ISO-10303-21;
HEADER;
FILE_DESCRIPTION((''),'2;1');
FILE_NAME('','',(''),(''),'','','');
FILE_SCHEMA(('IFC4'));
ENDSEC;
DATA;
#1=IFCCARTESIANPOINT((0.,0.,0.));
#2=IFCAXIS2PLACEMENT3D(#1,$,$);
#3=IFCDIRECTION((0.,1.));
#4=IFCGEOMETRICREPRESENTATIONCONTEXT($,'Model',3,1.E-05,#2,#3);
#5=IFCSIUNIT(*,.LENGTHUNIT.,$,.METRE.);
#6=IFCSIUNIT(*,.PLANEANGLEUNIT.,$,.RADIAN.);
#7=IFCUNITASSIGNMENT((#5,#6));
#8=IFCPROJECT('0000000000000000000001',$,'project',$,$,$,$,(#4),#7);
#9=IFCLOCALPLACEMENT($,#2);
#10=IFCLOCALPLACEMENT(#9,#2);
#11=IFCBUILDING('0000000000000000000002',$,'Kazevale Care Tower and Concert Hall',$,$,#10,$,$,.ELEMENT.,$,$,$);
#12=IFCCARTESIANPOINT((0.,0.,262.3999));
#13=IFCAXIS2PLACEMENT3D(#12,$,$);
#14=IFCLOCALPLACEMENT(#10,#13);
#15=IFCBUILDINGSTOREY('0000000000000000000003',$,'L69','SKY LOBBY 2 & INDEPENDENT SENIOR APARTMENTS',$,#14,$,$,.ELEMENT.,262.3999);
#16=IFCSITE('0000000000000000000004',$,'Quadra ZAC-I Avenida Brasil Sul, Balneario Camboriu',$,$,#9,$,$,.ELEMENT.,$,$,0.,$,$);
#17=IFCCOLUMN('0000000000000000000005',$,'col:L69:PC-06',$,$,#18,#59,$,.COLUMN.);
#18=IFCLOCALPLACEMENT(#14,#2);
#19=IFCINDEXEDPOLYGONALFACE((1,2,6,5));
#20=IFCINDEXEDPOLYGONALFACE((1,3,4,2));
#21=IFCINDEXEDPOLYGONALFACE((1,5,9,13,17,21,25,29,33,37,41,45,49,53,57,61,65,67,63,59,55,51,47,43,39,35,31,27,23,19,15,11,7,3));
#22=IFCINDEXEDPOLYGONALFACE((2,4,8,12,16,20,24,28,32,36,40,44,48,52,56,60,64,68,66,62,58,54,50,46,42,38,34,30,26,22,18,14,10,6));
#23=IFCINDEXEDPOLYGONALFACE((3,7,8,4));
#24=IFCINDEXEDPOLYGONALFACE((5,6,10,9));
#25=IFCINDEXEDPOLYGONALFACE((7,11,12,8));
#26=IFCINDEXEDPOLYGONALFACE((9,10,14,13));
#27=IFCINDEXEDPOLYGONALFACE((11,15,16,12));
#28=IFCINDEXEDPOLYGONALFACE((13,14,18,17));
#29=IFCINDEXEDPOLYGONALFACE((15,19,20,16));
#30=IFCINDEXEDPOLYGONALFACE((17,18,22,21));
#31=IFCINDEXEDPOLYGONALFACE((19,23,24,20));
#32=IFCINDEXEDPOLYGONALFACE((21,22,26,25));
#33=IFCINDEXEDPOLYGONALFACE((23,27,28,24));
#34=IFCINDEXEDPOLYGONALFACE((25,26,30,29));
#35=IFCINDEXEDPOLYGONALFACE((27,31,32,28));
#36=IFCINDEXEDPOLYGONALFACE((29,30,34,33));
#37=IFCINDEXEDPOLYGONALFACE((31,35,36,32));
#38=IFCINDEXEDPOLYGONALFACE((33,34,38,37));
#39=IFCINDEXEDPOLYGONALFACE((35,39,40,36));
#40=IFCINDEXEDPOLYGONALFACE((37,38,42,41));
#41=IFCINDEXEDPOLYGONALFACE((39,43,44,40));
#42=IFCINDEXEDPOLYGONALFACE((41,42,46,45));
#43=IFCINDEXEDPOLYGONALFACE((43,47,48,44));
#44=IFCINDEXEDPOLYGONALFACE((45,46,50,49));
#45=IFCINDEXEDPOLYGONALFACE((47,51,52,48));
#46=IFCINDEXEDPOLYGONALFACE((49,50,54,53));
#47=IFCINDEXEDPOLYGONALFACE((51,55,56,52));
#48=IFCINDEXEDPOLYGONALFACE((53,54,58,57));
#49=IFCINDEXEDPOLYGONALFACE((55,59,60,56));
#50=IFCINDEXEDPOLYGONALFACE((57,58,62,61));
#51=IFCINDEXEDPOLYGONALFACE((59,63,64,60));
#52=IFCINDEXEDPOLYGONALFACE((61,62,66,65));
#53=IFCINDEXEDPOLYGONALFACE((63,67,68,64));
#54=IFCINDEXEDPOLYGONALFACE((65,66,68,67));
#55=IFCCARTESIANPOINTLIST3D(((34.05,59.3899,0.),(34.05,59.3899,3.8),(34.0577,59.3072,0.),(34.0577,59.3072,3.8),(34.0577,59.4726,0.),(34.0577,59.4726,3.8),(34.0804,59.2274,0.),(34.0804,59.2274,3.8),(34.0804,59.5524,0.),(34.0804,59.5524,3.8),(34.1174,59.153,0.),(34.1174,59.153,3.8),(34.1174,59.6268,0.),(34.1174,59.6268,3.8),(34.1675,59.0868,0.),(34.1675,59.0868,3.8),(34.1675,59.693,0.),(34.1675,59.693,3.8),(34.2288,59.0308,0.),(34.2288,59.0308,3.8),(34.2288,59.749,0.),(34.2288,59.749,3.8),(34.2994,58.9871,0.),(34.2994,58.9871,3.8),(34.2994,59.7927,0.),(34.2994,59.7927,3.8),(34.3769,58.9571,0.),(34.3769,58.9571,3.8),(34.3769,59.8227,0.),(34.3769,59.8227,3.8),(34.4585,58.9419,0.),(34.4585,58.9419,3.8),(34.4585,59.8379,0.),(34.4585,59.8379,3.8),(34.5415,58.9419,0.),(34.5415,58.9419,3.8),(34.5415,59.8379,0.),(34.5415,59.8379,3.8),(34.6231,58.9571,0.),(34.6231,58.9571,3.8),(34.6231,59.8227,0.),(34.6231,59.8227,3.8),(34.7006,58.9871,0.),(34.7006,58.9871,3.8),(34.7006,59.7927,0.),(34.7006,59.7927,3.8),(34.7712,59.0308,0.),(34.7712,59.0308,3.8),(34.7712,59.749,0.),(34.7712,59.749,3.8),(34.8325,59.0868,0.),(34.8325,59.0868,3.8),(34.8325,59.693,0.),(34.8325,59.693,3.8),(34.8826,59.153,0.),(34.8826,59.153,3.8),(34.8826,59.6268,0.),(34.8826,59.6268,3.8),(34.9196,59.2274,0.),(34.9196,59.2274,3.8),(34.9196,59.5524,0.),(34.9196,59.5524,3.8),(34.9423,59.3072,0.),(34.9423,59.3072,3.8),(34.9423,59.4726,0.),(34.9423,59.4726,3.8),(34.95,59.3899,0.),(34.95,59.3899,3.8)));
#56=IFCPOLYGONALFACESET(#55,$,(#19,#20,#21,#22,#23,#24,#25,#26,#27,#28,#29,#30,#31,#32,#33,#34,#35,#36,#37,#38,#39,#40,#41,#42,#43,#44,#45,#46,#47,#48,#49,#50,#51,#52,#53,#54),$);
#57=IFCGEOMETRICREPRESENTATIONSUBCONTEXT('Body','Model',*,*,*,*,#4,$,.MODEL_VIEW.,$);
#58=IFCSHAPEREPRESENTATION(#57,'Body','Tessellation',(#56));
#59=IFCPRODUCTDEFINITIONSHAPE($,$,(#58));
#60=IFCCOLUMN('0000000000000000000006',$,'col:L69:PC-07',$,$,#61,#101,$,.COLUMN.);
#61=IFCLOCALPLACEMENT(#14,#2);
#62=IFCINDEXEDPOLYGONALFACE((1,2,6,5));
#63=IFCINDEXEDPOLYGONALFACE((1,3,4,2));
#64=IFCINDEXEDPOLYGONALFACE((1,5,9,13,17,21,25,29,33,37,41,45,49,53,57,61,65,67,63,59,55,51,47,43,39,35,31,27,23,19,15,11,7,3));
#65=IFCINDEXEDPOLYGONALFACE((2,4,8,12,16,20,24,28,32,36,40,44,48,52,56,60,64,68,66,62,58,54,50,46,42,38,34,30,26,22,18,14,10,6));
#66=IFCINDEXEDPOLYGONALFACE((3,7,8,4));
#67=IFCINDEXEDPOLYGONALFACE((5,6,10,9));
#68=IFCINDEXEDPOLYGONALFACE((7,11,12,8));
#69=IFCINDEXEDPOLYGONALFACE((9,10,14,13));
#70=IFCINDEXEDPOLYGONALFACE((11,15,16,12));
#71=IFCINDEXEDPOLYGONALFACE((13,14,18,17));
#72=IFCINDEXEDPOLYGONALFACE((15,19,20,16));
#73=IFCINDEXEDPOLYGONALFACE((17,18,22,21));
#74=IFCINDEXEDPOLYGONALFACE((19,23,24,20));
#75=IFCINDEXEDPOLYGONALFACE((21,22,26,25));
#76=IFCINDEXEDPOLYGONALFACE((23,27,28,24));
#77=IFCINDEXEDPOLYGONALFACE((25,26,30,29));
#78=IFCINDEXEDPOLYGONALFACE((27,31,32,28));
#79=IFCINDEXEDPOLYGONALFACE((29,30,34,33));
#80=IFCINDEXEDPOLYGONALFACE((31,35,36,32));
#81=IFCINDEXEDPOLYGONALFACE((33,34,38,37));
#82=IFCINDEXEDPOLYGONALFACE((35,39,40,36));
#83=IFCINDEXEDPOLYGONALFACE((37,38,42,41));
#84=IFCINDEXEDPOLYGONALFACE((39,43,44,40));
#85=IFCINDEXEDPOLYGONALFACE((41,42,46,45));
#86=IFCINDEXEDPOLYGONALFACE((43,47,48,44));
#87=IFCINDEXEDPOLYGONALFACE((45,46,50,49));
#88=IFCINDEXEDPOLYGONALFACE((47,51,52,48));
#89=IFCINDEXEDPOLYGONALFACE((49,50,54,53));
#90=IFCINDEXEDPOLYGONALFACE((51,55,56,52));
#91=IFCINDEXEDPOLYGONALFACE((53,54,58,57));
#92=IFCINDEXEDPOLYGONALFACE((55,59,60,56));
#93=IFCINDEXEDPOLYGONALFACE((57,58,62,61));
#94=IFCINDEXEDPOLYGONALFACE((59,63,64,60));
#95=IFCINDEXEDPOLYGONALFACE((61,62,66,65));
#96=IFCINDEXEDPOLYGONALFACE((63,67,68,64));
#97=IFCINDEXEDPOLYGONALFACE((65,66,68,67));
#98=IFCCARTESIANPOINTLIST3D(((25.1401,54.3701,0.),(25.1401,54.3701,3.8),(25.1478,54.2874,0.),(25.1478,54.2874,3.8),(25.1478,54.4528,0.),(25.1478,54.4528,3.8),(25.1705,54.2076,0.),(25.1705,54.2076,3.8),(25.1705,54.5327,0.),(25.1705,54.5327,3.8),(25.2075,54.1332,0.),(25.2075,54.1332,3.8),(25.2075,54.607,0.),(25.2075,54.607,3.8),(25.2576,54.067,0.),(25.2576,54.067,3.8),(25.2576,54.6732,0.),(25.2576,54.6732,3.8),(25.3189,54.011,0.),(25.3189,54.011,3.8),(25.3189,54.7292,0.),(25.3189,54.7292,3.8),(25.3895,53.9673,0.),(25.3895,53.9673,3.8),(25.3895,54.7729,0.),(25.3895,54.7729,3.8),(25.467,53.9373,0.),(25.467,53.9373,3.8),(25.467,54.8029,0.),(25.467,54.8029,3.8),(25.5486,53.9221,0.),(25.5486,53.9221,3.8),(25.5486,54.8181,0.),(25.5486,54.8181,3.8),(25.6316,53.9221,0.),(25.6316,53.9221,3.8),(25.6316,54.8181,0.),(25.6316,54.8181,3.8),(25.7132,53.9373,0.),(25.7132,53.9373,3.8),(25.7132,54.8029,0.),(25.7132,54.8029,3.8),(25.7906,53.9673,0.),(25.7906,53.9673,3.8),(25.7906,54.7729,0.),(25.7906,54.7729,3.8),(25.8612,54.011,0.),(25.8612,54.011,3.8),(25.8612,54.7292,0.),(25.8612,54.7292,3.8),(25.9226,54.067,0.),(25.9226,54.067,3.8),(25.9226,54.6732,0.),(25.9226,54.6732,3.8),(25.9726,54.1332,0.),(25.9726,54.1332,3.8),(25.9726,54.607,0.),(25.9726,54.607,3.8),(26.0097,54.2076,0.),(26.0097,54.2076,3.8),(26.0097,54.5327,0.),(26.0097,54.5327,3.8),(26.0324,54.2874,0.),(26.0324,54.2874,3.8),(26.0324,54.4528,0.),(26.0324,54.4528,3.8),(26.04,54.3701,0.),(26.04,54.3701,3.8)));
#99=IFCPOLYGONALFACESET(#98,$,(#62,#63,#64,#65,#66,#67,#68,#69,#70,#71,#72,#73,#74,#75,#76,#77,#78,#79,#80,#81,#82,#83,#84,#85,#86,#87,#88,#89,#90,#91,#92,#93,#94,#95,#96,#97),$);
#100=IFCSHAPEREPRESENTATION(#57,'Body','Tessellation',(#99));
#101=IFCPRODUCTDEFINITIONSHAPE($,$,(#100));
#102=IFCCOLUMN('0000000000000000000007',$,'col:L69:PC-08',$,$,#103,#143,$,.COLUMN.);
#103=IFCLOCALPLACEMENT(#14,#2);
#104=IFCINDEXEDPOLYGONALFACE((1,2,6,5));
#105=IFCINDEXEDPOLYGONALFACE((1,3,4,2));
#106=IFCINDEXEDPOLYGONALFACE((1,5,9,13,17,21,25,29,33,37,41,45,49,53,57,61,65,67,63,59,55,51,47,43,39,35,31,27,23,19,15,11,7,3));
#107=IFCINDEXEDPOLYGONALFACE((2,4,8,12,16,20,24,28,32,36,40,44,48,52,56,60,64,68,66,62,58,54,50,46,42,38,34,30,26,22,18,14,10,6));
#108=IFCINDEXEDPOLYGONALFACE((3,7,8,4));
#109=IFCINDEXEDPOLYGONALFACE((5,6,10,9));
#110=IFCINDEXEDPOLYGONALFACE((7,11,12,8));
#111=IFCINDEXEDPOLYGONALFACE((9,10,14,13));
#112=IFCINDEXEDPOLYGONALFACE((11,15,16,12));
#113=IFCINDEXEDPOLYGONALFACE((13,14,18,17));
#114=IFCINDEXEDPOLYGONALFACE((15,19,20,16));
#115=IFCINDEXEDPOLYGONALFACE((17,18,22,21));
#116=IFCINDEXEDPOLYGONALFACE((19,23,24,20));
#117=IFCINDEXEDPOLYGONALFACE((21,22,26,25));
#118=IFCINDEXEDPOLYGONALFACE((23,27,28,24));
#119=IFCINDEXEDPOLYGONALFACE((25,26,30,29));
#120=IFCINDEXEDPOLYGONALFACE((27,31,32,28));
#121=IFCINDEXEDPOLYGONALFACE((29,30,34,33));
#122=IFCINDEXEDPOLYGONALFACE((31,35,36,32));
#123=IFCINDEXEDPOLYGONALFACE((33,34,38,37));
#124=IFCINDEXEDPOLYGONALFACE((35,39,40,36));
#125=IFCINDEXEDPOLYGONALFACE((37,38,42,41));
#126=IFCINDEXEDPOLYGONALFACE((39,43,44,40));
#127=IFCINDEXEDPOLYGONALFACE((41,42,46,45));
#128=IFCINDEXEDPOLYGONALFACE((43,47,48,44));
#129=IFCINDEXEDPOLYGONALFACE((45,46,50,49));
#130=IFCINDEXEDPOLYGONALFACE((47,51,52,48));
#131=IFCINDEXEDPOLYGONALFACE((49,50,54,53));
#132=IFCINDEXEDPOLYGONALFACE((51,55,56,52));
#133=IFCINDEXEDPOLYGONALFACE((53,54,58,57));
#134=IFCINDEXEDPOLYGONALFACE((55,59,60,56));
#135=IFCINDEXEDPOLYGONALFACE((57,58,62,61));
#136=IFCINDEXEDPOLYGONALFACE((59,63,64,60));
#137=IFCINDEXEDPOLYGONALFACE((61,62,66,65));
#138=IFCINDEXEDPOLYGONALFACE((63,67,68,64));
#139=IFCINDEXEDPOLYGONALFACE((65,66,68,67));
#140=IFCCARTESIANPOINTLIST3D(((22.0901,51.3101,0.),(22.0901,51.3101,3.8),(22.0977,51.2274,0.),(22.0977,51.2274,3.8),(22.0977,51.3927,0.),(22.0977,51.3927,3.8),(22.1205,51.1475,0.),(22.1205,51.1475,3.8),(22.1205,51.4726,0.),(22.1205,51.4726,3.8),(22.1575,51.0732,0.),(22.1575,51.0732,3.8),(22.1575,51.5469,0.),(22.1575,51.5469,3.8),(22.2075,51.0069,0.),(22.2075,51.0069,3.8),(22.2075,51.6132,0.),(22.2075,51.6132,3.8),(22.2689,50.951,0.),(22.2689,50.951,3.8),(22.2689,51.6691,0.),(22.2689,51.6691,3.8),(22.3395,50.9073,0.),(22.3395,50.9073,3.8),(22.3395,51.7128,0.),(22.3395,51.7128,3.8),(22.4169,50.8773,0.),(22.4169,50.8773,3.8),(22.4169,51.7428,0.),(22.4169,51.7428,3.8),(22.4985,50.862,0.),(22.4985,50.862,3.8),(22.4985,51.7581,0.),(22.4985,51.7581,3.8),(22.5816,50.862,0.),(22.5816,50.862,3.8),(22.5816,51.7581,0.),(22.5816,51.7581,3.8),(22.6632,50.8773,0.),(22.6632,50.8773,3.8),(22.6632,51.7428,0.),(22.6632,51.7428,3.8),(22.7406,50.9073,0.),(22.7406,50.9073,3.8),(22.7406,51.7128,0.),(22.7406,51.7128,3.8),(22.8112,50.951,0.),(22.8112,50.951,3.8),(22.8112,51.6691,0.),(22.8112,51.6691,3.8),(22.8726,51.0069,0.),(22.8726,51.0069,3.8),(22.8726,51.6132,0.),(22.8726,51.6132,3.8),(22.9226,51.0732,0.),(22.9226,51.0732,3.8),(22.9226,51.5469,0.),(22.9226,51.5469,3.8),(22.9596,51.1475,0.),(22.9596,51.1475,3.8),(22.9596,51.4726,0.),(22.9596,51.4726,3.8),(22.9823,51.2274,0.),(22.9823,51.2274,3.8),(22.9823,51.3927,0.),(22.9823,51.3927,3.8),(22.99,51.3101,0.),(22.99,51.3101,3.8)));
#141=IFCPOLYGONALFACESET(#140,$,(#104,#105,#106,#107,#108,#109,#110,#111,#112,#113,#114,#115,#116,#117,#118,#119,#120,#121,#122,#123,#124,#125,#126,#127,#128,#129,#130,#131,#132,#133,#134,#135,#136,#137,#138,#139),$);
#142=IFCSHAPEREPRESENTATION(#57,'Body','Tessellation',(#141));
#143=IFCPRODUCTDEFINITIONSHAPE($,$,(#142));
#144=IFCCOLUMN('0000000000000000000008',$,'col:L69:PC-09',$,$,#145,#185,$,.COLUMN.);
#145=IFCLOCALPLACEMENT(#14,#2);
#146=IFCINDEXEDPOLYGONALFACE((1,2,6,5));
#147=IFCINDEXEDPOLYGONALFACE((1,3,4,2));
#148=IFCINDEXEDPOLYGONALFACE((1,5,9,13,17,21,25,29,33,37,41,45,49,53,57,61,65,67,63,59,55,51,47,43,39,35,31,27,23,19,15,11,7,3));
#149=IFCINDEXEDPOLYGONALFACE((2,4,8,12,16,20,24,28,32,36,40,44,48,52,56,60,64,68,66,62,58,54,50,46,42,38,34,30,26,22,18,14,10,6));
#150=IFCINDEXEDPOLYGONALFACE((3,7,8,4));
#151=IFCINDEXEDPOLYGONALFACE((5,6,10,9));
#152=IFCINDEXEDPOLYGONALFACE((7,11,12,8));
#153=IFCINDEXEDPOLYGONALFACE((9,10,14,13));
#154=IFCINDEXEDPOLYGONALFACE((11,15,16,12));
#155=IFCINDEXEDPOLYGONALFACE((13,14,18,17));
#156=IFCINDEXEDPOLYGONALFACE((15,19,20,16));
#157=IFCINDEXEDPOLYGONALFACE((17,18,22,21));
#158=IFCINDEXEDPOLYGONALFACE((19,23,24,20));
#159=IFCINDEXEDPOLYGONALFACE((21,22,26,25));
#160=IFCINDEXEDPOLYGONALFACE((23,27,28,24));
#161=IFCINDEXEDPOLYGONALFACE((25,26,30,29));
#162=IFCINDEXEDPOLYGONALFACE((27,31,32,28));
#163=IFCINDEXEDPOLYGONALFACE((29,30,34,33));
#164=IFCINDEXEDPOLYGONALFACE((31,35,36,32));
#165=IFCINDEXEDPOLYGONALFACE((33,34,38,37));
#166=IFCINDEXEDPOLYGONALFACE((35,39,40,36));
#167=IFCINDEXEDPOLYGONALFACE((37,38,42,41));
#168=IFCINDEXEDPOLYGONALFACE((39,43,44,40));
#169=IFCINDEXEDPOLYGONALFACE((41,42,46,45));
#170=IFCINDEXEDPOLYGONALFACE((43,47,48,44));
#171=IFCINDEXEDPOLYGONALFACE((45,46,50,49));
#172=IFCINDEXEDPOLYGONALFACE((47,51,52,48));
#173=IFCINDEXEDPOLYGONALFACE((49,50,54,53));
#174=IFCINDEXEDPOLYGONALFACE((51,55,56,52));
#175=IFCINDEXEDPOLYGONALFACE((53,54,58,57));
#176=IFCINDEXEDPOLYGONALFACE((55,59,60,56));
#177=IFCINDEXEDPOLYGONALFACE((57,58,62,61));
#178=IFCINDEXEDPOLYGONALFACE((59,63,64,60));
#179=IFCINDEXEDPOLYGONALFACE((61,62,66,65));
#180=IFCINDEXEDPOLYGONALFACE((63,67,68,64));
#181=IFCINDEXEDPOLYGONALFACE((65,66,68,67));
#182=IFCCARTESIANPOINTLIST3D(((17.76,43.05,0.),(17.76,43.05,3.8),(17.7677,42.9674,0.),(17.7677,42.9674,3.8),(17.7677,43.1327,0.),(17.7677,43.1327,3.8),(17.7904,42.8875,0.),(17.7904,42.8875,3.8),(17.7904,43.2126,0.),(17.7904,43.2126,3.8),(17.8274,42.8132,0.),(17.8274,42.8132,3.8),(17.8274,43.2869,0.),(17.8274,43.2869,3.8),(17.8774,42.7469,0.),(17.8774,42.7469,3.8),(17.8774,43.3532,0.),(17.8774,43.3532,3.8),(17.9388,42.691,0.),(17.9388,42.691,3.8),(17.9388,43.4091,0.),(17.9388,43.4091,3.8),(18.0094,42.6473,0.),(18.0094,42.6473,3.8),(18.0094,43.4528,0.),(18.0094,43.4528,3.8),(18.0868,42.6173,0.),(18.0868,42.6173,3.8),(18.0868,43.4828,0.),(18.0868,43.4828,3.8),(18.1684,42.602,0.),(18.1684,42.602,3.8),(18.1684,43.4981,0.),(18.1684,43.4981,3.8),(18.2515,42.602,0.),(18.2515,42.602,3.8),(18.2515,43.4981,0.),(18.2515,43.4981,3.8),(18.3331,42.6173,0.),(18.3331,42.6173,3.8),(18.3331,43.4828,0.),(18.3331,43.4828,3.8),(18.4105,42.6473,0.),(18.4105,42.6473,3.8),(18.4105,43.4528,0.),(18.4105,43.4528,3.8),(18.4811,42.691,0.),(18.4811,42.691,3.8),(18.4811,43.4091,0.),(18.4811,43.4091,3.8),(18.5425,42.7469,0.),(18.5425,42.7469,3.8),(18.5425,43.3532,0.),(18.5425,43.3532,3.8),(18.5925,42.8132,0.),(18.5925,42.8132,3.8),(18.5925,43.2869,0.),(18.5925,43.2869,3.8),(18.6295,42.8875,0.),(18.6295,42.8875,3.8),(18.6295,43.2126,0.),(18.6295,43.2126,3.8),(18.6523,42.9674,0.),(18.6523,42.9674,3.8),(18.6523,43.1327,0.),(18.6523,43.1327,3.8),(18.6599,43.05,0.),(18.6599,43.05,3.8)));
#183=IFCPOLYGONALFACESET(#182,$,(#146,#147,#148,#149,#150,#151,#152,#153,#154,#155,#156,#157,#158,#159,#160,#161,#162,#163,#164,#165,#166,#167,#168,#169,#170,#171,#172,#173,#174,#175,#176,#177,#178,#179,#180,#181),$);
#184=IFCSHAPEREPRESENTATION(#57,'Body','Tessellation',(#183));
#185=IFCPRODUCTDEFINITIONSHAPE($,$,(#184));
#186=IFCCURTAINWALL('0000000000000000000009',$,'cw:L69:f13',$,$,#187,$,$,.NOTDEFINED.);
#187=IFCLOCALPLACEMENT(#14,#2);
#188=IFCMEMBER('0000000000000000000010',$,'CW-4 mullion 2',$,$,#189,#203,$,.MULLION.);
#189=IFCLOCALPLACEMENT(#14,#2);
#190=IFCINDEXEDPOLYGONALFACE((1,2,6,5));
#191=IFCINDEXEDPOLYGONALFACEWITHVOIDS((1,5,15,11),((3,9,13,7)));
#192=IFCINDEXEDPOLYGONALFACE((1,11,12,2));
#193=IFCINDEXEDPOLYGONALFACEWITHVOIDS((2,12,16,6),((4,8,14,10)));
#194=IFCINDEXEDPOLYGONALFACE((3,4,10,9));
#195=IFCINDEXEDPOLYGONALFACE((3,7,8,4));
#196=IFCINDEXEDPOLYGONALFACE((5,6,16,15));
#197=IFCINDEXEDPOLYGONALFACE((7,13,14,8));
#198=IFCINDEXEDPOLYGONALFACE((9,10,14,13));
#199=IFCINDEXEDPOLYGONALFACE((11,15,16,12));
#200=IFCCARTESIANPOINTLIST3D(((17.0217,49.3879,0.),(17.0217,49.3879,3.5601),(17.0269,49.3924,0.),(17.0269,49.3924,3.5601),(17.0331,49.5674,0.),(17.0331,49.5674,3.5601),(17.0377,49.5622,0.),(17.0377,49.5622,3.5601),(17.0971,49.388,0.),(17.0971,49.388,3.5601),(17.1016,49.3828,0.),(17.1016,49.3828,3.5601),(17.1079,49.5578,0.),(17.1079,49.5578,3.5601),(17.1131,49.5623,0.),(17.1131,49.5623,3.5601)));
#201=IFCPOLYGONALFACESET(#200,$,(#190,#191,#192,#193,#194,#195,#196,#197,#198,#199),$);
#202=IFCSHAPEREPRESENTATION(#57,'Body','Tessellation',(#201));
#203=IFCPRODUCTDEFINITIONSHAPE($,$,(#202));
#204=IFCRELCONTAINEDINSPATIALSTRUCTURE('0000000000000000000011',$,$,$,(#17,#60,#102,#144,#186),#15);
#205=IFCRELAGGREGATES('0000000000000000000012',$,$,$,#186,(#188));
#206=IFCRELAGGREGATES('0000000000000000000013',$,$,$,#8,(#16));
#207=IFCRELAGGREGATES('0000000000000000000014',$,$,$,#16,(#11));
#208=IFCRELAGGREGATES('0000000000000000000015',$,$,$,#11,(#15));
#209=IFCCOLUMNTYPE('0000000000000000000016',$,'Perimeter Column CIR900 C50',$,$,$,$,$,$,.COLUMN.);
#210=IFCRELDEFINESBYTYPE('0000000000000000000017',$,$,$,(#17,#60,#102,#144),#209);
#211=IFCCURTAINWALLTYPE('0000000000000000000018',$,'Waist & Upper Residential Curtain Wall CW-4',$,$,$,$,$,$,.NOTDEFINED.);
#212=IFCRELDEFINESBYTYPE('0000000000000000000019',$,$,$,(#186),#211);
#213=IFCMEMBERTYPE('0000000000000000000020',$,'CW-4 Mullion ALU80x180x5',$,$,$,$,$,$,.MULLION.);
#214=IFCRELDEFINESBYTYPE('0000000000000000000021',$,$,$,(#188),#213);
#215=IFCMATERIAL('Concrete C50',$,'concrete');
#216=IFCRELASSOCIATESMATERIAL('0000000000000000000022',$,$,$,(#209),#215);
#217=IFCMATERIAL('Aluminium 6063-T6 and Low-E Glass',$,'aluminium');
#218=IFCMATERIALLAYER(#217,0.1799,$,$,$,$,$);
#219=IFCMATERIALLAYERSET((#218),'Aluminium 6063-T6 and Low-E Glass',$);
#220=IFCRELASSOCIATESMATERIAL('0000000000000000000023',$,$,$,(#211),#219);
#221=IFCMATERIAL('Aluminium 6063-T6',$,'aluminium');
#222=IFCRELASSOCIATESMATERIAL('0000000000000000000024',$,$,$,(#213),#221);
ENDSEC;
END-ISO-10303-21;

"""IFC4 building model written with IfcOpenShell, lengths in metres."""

from ifc_helpers import new_model, si_unit, direction, frame, origin, origin_2d, place, context, subcontext, project, spatial, hollow_rectangle, circle, extrude, material, layer, layer_set, material_profile, profile_set, type_object, element, aggregate, save


model = new_model("IFC4")

# Units and contexts
model_context = context("Model", 3, precision=1e-05, world=origin(), true_north=direction((0.0, 1.0)))
body_context = subcontext(model_context, "Body", "Model", "MODEL_VIEW")
ifc_project = project(units=[si_unit("LENGTHUNIT", "METRE"), si_unit("PLANEANGLEUNIT", "RADIAN")], contexts=[model_context])

# Site, building, storey
site_placement = place(None, origin())
site = spatial("IfcSite", under=ifc_project, at=site_placement, Name="Quadra ZAC-I Avenida Brasil Sul, Balneario Camboriu", CompositionType="ELEMENT", RefElevation=0.0)
building_placement = place(site_placement, origin())
building = spatial("IfcBuilding", under=site, at=building_placement, Name="Kazevale Care Tower and Concert Hall", CompositionType="ELEMENT")
storey_placement = place(building_placement, frame((0.0, 0.0, 262.3999)))
storey = spatial("IfcBuildingStorey", under=building, at=storey_placement, Name="L69", Description="SKY LOBBY 2 & INDEPENDENT SENIOR APARTMENTS", CompositionType="ELEMENT", Elevation=262.3999)

# Columns
ifc_material_1 = material(Name="Concrete C50", Category="concrete")
ifc_material_profile_1 = material_profile(ifc_material_1, circle(Radius=0.45, at=origin_2d()), Name="RC-CIR900")
ifc_profile_set_1 = profile_set([ifc_material_profile_1], Name="Concrete C50")
column_type = type_object("IfcColumnType", Name="Perimeter Column CIR900 C50", PredefinedType="COLUMN", material=ifc_profile_set_1)
for number, where, z_axis, x_axis, name in (
    (1, (34.5, 59.3899, 0.0), (0.0, 0.0, 1.0), (1.0, 0.0, 0.0), "col:L69:PC-06"),
    (2, (25.5901, 54.3701, 0.0), (0.0, 0.0, 1.0), (1.0, 0.0, 0.0), "col:L69:PC-07"),
    (3, (22.54, 51.3101, 0.0), (0.0, 0.0, 1.0), (1.0, 0.0, 0.0), "col:L69:PC-08"),
    (4, (18.21, 43.05, 0.0), (0.0, 0.0, 1.0), (1.0, 0.0, 0.0), "col:L69:PC-09"),
):
    element("IfcColumn", number, at=place(storey_placement, frame(where, z_axis=z_axis, x_axis=x_axis)), inside=storey, type_object=column_type, Name=name, PredefinedType="COLUMN", context=body_context, shape_type="SweptSolid", body=[
        extrude(circle(Radius=0.45, at=origin_2d()), origin(), (0.0, 0.0, 1.0), 3.8),
    ])

# Curtain wall, member
ifc_material_2 = material(Name="Aluminium 6063-T6 and Low-E Glass", Category="aluminium")
ifc_layer_1 = layer(ifc_material_2, 0.1799)
ifc_layer_set_1 = layer_set([ifc_layer_1], Name="Aluminium 6063-T6 and Low-E Glass")
curtain_wall_type = type_object("IfcCurtainWallType", Name="Waist & Upper Residential Curtain Wall CW-4", PredefinedType="NOTDEFINED", material=ifc_layer_set_1)
curtain_wall_1_placement = place(storey_placement, origin())
curtain_wall_1 = element("IfcCurtainWall", 5, at=curtain_wall_1_placement, inside=storey, type_object=curtain_wall_type, Name="cw:L69:f13", PredefinedType="NOTDEFINED")
ifc_material_3 = material(Name="Aluminium 6063-T6", Category="aluminium")
ifc_material_profile_2 = material_profile(ifc_material_3, hollow_rectangle(XDim=0.0801, YDim=0.1799, WallThickness=0.0049, at=origin_2d()), Name="ALU80x180x5")
ifc_profile_set_2 = profile_set([ifc_material_profile_2], Name="Aluminium 6063-T6")
member_type_1 = type_object("IfcMemberType", Name="CW-4 Mullion ALU80x180x5", PredefinedType="MULLION", material=ifc_profile_set_2)
member_1_placement = place(storey_placement, frame((17.0674, 49.4751, 0.0), z_axis=(0.0, 0.0, 1.0), x_axis=(-0.997979, 0.063541, 0.0)))
member_1 = element("IfcMember", 6, at=member_1_placement, type_object=member_type_1, Name="CW-4 mullion 2", PredefinedType="MULLION", context=body_context, shape_type="SweptSolid", body=[
    extrude(hollow_rectangle(XDim=0.0801, YDim=0.1799, WallThickness=0.0049, at=origin_2d()), origin(), (0.0, 0.0, 1.0), 3.5601),
])

aggregate(curtain_wall_1, [member_1])

save(model, "model.ifc")
